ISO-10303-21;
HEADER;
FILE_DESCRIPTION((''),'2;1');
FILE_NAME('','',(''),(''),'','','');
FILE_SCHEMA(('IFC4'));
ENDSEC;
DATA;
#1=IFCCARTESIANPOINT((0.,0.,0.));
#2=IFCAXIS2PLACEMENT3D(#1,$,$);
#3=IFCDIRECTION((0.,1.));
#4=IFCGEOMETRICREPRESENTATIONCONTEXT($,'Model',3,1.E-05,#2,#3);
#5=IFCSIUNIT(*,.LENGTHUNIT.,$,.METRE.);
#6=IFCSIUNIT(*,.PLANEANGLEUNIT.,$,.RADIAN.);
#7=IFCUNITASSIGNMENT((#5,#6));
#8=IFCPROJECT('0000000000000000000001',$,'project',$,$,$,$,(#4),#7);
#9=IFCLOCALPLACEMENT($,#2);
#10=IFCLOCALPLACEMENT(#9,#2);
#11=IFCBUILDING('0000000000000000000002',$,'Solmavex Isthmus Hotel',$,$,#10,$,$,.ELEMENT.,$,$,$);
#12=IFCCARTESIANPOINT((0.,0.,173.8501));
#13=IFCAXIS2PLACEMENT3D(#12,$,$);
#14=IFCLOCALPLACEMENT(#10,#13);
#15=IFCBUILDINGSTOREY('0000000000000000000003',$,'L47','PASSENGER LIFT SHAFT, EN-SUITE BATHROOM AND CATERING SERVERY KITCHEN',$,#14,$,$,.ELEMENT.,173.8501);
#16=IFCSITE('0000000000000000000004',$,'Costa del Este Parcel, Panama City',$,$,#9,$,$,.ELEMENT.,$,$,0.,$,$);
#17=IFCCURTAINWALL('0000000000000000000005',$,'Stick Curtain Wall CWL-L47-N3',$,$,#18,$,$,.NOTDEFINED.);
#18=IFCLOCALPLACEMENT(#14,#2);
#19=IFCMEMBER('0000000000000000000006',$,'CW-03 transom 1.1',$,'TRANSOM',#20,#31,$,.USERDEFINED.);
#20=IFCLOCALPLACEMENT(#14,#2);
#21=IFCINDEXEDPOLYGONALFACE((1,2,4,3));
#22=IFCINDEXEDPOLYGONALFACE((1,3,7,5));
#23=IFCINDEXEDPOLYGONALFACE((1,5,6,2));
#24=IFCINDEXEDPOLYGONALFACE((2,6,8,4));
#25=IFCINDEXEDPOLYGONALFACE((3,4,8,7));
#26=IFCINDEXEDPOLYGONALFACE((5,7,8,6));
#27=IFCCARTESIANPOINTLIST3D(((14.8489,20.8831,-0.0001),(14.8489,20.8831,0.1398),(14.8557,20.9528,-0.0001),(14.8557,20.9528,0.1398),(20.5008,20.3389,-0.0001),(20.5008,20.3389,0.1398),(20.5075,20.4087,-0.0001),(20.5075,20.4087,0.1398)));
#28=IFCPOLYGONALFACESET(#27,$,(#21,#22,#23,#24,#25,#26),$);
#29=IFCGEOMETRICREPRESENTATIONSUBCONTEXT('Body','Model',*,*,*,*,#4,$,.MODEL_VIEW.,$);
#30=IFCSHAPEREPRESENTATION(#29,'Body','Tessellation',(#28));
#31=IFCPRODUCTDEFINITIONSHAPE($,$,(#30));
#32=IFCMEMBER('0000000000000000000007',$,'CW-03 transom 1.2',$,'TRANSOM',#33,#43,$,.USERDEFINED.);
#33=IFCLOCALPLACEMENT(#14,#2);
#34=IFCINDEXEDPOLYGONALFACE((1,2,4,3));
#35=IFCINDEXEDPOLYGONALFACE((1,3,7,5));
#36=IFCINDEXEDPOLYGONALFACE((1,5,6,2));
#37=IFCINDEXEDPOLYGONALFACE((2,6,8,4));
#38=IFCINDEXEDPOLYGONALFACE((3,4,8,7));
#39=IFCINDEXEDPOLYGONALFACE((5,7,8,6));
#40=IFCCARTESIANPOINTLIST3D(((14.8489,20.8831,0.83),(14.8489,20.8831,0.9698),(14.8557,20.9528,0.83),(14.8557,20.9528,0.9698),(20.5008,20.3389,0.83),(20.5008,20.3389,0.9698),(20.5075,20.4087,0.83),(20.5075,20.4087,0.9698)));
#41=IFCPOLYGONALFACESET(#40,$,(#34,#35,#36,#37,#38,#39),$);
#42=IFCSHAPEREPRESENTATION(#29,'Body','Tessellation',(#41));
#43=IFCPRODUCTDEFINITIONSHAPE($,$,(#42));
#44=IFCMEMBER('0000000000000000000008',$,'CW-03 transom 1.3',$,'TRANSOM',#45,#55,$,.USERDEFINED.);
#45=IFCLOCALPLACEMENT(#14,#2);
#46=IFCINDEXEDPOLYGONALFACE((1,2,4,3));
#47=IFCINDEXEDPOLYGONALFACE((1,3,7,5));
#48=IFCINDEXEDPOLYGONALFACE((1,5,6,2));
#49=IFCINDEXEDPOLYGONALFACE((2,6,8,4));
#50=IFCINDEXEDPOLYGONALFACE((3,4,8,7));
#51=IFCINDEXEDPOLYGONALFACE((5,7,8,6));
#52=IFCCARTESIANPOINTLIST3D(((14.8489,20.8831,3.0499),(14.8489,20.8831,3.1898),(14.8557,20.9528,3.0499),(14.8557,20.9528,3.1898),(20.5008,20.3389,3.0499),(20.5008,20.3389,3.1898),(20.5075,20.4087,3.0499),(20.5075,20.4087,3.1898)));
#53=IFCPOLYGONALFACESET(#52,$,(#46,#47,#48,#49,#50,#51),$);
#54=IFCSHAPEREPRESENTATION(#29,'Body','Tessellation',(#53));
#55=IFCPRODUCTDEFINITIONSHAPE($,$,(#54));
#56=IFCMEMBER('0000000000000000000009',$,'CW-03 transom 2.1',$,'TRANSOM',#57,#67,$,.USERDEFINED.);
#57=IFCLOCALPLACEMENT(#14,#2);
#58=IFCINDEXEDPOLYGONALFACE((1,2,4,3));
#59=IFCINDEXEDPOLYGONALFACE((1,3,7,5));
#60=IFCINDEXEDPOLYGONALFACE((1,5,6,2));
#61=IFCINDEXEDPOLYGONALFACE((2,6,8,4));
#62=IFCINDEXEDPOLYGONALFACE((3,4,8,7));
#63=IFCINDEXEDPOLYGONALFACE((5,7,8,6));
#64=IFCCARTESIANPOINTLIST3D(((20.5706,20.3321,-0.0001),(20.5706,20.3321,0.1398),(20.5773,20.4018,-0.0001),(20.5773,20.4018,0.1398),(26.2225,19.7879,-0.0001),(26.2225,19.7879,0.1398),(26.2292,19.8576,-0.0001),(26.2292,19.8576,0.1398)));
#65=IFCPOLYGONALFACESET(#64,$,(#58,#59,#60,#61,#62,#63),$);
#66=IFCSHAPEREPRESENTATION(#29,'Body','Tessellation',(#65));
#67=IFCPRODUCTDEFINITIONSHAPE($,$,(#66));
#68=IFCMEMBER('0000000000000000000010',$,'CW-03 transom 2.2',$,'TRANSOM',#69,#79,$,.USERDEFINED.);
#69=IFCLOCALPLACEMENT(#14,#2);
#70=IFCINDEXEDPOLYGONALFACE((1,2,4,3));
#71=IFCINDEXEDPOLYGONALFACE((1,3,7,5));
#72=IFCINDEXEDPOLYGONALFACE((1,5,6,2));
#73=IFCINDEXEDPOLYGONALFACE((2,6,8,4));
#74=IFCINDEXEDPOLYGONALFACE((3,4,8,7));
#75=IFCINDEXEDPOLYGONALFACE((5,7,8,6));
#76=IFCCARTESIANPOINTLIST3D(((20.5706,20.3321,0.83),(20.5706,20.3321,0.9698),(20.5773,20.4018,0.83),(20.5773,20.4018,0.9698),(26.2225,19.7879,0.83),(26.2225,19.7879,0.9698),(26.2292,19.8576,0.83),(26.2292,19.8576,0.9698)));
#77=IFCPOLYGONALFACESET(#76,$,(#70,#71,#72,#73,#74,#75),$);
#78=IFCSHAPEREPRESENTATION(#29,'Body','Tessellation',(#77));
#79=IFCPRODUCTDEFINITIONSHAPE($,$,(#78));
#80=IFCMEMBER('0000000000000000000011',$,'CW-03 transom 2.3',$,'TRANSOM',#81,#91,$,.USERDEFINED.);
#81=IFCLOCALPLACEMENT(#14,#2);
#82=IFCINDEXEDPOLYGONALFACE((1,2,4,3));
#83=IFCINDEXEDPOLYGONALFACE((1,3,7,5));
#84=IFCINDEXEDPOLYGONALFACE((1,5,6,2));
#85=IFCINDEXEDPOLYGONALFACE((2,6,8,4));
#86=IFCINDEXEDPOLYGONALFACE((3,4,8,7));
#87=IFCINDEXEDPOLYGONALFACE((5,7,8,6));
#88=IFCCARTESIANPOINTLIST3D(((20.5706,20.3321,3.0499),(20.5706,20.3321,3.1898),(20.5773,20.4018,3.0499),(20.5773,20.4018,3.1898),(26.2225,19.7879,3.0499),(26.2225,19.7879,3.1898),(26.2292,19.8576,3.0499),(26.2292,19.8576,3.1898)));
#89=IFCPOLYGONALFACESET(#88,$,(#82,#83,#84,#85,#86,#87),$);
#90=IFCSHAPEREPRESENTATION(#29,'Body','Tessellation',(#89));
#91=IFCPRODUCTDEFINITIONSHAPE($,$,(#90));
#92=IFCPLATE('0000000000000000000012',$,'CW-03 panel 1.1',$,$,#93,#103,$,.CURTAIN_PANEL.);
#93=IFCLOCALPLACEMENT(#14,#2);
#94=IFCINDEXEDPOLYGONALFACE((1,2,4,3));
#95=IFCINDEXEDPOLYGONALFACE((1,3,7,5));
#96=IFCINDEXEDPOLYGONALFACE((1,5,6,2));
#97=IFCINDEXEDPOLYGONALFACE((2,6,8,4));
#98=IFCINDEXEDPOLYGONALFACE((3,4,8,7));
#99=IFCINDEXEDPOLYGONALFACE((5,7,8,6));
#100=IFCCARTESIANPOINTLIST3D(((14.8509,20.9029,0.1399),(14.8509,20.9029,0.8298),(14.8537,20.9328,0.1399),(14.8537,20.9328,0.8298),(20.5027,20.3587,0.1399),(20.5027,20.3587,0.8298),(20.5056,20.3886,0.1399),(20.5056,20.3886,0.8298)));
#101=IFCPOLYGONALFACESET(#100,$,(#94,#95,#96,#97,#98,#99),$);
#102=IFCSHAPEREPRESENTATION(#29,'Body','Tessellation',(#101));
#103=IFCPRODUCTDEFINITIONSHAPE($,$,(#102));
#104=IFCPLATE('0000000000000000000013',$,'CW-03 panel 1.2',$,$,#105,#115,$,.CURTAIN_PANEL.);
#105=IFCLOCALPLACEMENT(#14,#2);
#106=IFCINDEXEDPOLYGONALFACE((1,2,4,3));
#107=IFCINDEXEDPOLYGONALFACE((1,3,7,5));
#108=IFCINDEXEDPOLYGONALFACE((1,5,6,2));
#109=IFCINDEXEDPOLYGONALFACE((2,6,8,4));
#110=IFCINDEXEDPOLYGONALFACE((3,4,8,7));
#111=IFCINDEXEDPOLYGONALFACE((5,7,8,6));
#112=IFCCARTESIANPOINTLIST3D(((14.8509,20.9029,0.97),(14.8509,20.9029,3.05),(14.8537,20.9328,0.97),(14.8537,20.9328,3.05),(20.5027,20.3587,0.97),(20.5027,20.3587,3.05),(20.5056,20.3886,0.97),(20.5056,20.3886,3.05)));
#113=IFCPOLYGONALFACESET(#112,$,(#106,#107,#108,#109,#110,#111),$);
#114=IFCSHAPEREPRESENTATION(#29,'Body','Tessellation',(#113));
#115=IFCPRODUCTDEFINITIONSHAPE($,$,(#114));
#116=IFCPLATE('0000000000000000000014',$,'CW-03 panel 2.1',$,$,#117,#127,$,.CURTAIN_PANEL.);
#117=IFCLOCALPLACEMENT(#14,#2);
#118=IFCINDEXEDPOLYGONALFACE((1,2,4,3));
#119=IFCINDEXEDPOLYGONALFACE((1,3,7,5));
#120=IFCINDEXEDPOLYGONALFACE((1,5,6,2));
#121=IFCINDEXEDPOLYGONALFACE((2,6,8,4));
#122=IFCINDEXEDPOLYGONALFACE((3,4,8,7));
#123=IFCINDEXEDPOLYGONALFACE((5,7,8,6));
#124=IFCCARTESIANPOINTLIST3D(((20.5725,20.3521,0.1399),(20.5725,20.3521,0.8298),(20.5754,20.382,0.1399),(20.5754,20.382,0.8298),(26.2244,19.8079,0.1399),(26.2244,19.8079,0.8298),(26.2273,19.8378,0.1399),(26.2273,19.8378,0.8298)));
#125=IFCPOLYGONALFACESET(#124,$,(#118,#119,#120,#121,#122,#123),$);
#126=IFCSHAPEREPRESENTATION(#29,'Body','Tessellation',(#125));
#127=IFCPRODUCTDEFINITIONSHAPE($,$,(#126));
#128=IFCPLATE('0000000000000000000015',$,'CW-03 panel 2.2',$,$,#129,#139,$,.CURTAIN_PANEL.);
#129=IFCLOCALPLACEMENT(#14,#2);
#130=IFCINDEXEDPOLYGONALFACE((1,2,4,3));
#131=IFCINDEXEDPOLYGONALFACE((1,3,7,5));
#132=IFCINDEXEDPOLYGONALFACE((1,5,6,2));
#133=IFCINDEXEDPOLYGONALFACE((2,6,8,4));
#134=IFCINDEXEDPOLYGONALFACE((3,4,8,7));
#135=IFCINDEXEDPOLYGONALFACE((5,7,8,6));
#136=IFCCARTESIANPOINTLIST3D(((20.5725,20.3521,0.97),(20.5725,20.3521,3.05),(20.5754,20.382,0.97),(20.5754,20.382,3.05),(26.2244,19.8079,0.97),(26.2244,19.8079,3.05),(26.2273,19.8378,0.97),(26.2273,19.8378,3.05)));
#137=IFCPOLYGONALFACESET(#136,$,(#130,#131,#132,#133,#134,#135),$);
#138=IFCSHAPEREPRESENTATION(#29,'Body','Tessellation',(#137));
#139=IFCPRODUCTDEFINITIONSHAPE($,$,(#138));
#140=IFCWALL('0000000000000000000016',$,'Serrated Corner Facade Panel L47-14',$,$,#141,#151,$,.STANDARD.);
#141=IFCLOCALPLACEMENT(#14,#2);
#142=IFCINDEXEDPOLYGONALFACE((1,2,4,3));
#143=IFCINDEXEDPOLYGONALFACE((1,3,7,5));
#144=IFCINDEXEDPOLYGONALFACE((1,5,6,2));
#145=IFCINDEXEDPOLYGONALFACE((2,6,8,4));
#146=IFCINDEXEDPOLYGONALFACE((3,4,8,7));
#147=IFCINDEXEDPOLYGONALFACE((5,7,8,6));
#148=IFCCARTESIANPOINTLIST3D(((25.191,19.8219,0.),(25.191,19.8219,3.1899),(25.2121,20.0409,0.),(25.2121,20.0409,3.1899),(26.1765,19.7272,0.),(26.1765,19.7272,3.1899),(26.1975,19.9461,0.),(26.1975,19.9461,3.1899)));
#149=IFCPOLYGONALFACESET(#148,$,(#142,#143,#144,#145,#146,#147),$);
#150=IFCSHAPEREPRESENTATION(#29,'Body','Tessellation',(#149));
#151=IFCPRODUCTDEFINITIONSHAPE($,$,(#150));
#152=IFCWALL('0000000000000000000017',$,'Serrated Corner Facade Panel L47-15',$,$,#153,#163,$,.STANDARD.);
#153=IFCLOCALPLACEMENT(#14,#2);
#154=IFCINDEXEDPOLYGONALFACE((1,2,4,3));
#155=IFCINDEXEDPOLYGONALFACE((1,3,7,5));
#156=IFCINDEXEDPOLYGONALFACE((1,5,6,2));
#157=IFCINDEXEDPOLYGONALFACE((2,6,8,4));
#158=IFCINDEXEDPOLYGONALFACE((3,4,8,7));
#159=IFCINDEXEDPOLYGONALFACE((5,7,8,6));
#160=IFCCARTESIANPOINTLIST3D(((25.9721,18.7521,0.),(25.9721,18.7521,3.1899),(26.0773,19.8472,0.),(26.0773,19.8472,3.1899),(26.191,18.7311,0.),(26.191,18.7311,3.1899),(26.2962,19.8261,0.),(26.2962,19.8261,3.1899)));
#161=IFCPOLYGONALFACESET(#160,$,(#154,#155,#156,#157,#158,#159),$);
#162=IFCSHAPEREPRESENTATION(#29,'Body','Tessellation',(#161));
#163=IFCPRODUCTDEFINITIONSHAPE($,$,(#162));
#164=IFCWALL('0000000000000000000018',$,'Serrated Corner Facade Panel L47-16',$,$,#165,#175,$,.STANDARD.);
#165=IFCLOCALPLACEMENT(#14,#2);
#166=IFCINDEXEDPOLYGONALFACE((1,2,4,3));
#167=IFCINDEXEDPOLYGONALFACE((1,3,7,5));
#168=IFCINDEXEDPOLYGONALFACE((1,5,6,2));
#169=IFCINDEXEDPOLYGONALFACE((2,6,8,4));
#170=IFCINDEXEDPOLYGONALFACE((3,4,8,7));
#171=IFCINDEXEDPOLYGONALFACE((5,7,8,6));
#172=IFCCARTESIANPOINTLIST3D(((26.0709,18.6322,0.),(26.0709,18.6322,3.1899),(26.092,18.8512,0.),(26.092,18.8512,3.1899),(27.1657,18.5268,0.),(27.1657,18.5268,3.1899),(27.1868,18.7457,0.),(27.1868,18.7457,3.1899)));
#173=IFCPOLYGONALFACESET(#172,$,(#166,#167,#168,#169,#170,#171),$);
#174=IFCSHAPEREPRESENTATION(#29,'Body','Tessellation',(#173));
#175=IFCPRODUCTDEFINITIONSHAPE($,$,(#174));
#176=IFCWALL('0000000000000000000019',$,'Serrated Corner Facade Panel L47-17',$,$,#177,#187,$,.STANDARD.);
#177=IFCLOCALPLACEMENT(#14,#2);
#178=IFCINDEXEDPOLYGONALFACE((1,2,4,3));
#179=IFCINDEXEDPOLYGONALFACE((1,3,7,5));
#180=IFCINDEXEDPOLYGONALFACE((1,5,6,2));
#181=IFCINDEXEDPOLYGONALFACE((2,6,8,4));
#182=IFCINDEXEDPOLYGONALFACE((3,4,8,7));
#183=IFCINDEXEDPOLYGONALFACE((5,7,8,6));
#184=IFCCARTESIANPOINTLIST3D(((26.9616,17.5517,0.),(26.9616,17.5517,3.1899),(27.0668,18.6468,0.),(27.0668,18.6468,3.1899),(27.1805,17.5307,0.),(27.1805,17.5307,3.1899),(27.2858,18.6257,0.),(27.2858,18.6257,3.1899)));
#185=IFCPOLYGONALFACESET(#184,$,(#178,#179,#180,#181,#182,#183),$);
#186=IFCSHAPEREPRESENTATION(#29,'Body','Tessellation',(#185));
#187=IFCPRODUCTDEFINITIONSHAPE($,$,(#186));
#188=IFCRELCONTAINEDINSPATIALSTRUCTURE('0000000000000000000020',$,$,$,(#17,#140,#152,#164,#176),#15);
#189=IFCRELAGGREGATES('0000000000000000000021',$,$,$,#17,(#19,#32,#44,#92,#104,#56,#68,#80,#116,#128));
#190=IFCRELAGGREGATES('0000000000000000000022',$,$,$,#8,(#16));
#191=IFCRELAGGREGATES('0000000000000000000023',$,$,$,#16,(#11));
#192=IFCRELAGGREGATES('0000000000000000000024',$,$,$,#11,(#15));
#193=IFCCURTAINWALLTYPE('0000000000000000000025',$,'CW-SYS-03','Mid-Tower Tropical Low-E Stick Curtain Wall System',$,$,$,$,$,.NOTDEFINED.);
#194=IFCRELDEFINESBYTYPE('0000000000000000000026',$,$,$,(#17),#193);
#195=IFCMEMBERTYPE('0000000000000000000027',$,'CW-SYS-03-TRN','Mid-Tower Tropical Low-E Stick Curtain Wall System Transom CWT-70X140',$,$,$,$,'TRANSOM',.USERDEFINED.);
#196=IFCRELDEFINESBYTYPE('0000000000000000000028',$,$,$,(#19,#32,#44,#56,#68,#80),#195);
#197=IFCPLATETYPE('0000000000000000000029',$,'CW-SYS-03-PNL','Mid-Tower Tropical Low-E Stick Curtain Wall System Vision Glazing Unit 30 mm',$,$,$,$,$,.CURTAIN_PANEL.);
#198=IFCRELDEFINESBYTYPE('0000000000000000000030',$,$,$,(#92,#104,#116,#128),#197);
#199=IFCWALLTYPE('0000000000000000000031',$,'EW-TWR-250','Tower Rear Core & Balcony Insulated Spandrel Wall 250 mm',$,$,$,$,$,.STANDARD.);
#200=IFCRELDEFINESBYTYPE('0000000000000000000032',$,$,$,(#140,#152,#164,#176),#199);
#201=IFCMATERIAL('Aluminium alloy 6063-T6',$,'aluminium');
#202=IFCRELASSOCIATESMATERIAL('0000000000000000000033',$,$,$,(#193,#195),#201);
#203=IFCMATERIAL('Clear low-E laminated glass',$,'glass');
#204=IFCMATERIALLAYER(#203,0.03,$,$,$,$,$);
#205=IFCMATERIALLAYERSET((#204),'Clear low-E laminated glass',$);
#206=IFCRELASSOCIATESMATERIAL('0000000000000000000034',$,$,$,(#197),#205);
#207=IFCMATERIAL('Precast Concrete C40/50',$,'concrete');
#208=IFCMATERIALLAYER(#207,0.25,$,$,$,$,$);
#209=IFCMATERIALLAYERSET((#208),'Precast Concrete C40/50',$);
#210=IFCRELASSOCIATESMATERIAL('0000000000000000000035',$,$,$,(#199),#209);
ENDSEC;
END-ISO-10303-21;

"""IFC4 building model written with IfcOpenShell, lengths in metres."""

from ifc_helpers import new_model, si_unit, direction, frame, frame_2d, origin, origin_2d, place, context, subcontext, project, spatial, rectangle, extrude, material, layer, layer_set, material_profile, profile_set, type_object, element, aggregate, save


model = new_model("IFC4")

# Units and contexts
model_context = context("Model", 3, precision=1e-05, world=origin(), true_north=direction((0.0, 1.0)))
body_context = subcontext(model_context, "Body", "Model", "MODEL_VIEW")
ifc_project = project(units=[si_unit("LENGTHUNIT", "METRE"), si_unit("PLANEANGLEUNIT", "RADIAN")], contexts=[model_context])

# Site, building, storey
site_placement = place(None, origin())
site = spatial("IfcSite", under=ifc_project, at=site_placement, Name="Costa del Este Parcel, Panama City", CompositionType="ELEMENT", RefElevation=0.0)
building_placement = place(site_placement, origin())
building = spatial("IfcBuilding", under=site, at=building_placement, Name="Solmavex Isthmus Hotel", CompositionType="ELEMENT")
storey_placement = place(building_placement, frame((0.0, 0.0, 173.8501)))
storey = spatial("IfcBuildingStorey", under=building, at=storey_placement, Name="L47", Description="PASSENGER LIFT SHAFT, EN-SUITE BATHROOM AND CATERING SERVERY KITCHEN", CompositionType="ELEMENT", Elevation=173.8501)

# Curtain wall
ifc_material_1 = material(Name="Aluminium alloy 6063-T6", Category="aluminium")
curtain_wall_type = type_object("IfcCurtainWallType", Name="CW-SYS-03", Description="Mid-Tower Tropical Low-E Stick Curtain Wall System", PredefinedType="NOTDEFINED", material=ifc_material_1)
curtain_wall_1_placement = place(storey_placement, origin())
curtain_wall_1 = element("IfcCurtainWall", 1, at=curtain_wall_1_placement, inside=storey, type_object=curtain_wall_type, Name="Stick Curtain Wall CWL-L47-N3", PredefinedType="NOTDEFINED")

# Members
ifc_material_profile_1 = material_profile(ifc_material_1, rectangle(XDim=0.0701, YDim=0.1399, at=origin_2d()), Name="CWT-70X140")
ifc_profile_set_1 = profile_set([ifc_material_profile_1], Name="Aluminium alloy 6063-T6")
member_type_1 = type_object("IfcMemberType", Name="CW-SYS-03-TRN", Description="Mid-Tower Tropical Low-E Stick Curtain Wall System Transom CWT-70X140", ElementType="TRANSOM", PredefinedType="USERDEFINED", material=ifc_profile_set_1)
member_1_placement = place(storey_placement, frame((14.8523, 20.918, 0.0698), z_axis=(0.995397, -0.095842, 0.0), x_axis=(0.095842, 0.995397, 0.0)))
member_1 = element("IfcMember", 2, at=member_1_placement, type_object=member_type_1, Name="CW-03 transom 1.1", ObjectType="TRANSOM", PredefinedType="USERDEFINED", context=body_context, shape_type="SweptSolid", body=[
    extrude(rectangle(XDim=0.0701, YDim=0.1399, at=origin_2d()), origin(), (0.0, 0.0, 1.0), 5.678),
])
member_2_placement = place(storey_placement, frame((14.8523, 20.918, 0.8999), z_axis=(0.995397, -0.095842, 0.0), x_axis=(0.095842, 0.995397, 0.0)))
member_2 = element("IfcMember", 3, at=member_2_placement, type_object=member_type_1, Name="CW-03 transom 1.2", ObjectType="TRANSOM", PredefinedType="USERDEFINED", context=body_context, shape_type="SweptSolid", body=[
    extrude(rectangle(XDim=0.0701, YDim=0.1399, at=origin_2d()), origin(), (0.0, 0.0, 1.0), 5.678),
])
member_3_placement = place(storey_placement, frame((14.8523, 20.918, 3.1199), z_axis=(0.995397, -0.095842, 0.0), x_axis=(0.095842, 0.995397, 0.0)))
member_3 = element("IfcMember", 4, at=member_3_placement, type_object=member_type_1, Name="CW-03 transom 1.3", ObjectType="TRANSOM", PredefinedType="USERDEFINED", context=body_context, shape_type="SweptSolid", body=[
    extrude(rectangle(XDim=0.0701, YDim=0.1399, at=origin_2d()), origin(), (0.0, 0.0, 1.0), 5.678),
])
member_4_placement = place(storey_placement, frame((20.574, 20.3669, 0.0698), z_axis=(0.995397, -0.095842, 0.0), x_axis=(0.095842, 0.995397, 0.0)))
member_4 = element("IfcMember", 5, at=member_4_placement, type_object=member_type_1, Name="CW-03 transom 2.1", ObjectType="TRANSOM", PredefinedType="USERDEFINED", context=body_context, shape_type="SweptSolid", body=[
    extrude(rectangle(XDim=0.0701, YDim=0.1399, at=origin_2d()), origin(), (0.0, 0.0, 1.0), 5.678),
])
member_5_placement = place(storey_placement, frame((20.574, 20.3669, 0.8999), z_axis=(0.995397, -0.095842, 0.0), x_axis=(0.095842, 0.995397, 0.0)))
member_5 = element("IfcMember", 6, at=member_5_placement, type_object=member_type_1, Name="CW-03 transom 2.2", ObjectType="TRANSOM", PredefinedType="USERDEFINED", context=body_context, shape_type="SweptSolid", body=[
    extrude(rectangle(XDim=0.0701, YDim=0.1399, at=origin_2d()), origin(), (0.0, 0.0, 1.0), 5.678),
])
member_6_placement = place(storey_placement, frame((20.574, 20.3669, 3.1199), z_axis=(0.995397, -0.095842, 0.0), x_axis=(0.095842, 0.995397, 0.0)))
member_6 = element("IfcMember", 7, at=member_6_placement, type_object=member_type_1, Name="CW-03 transom 2.3", ObjectType="TRANSOM", PredefinedType="USERDEFINED", context=body_context, shape_type="SweptSolid", body=[
    extrude(rectangle(XDim=0.0701, YDim=0.1399, at=origin_2d()), origin(), (0.0, 0.0, 1.0), 5.678),
])

# Plates
ifc_material_2 = material(Name="Clear low-E laminated glass", Category="glass")
ifc_layer_1 = layer(ifc_material_2, 0.03)
ifc_layer_set_1 = layer_set([ifc_layer_1], Name="Clear low-E laminated glass")
plate_type = type_object("IfcPlateType", Name="CW-SYS-03-PNL", Description="Mid-Tower Tropical Low-E Stick Curtain Wall System Vision Glazing Unit 30 mm", PredefinedType="CURTAIN_PANEL", material=ifc_layer_set_1)
plate_1_placement = place(storey_placement, frame((17.6782, 20.6458, 0.1399), z_axis=(0.0, 0.0, 1.0), x_axis=(0.995396, -0.095846, 0.0)))
plate_1 = element("IfcPlate", 8, at=plate_1_placement, type_object=plate_type, Name="CW-03 panel 1.1", PredefinedType="CURTAIN_PANEL", context=body_context, shape_type="SweptSolid", body=[
    extrude(rectangle(XDim=5.678, YDim=0.03, at=origin_2d()), origin(), (0.0, 0.0, 1.0), 0.6899),
])
plate_2_placement = place(storey_placement, frame((17.6782, 20.6458, 0.97), z_axis=(0.0, 0.0, 1.0), x_axis=(0.995396, -0.095846, 0.0)))
plate_2 = element("IfcPlate", 9, at=plate_2_placement, type_object=plate_type, Name="CW-03 panel 1.2", PredefinedType="CURTAIN_PANEL", context=body_context, shape_type="SweptSolid", body=[
    extrude(rectangle(XDim=5.678, YDim=0.03, at=origin_2d()), origin(), (0.0, 0.0, 1.0), 2.0801),
])
plate_3_placement = place(storey_placement, frame((23.3999, 20.095, 0.1399), z_axis=(0.0, 0.0, 1.0), x_axis=(0.995396, -0.095846, 0.0)))
plate_3 = element("IfcPlate", 10, at=plate_3_placement, type_object=plate_type, Name="CW-03 panel 2.1", PredefinedType="CURTAIN_PANEL", context=body_context, shape_type="SweptSolid", body=[
    extrude(rectangle(XDim=5.678, YDim=0.03, at=origin_2d()), origin(), (0.0, 0.0, 1.0), 0.6899),
])
plate_4_placement = place(storey_placement, frame((23.3999, 20.095, 0.97), z_axis=(0.0, 0.0, 1.0), x_axis=(0.995396, -0.095846, 0.0)))
plate_4 = element("IfcPlate", 11, at=plate_4_placement, type_object=plate_type, Name="CW-03 panel 2.2", PredefinedType="CURTAIN_PANEL", context=body_context, shape_type="SweptSolid", body=[
    extrude(rectangle(XDim=5.678, YDim=0.03, at=origin_2d()), origin(), (0.0, 0.0, 1.0), 2.0801),
])
aggregate(curtain_wall_1, [member_1, member_2, member_3, plate_1, plate_2, member_4, member_5, member_6, plate_3, plate_4])

# Walls
ifc_material_3 = material(Name="Precast Concrete C40/50", Category="concrete")
ifc_layer_2 = layer(ifc_material_3, 0.25)
ifc_layer_set_2 = layer_set([ifc_layer_2], Name="Precast Concrete C40/50")
wall_type_1 = type_object("IfcWallType", Name="EW-TWR-250", Description="Tower Rear Core & Balcony Insulated Spandrel Wall 250 mm", PredefinedType="STANDARD", material=ifc_layer_set_2)
wall_1_placement = place(storey_placement, frame((25.2014, 19.9314, 0.0), z_axis=(0.0, 0.0, 1.0), x_axis=(0.995411, -0.095694, 0.0)))
element("IfcWall", 12, at=wall_1_placement, inside=storey, type_object=wall_type_1, Name="Serrated Corner Facade Panel L47-14", PredefinedType="STANDARD", context=body_context, shape_type="SweptSolid", body=[
    extrude(rectangle(XDim=0.99, YDim=0.22, at=frame_2d((0.4951, 0.0))), origin(), (0.0, 0.0, 1.0), 3.1899),
])
wall_2_placement = place(storey_placement, frame((26.1868, 19.8367, 0.0), z_axis=(0.0, 0.0, 1.0), x_axis=(-0.095657, -0.995414, 0.0)))
element("IfcWall", 13, at=wall_2_placement, inside=storey, type_object=wall_type_1, Name="Serrated Corner Facade Panel L47-15", PredefinedType="STANDARD", context=body_context, shape_type="SweptSolid", body=[
    extrude(rectangle(XDim=1.1001, YDim=0.22, at=frame_2d((0.55, 0.0))), origin(), (0.0, 0.0, 1.0), 3.1899),
])
wall_3_placement = place(storey_placement, frame((26.0815, 18.7417, 0.0), z_axis=(0.0, 0.0, 1.0), x_axis=(0.995391, -0.095899, 0.0)))
element("IfcWall", 14, at=wall_3_placement, inside=storey, type_object=wall_type_1, Name="Serrated Corner Facade Panel L47-16", PredefinedType="STANDARD", context=body_context, shape_type="SweptSolid", body=[
    extrude(rectangle(XDim=1.0999, YDim=0.22, at=frame_2d((0.5498, 0.0))), origin(), (0.0, 0.0, 1.0), 3.1899),
])
wall_4_placement = place(storey_placement, frame((27.1763, 18.6362, 0.0), z_axis=(0.0, 0.0, 1.0), x_axis=(-0.095657, -0.995414, 0.0)))
element("IfcWall", 15, at=wall_4_placement, inside=storey, type_object=wall_type_1, Name="Serrated Corner Facade Panel L47-17", PredefinedType="STANDARD", context=body_context, shape_type="SweptSolid", body=[
    extrude(rectangle(XDim=1.1001, YDim=0.22, at=frame_2d((0.55, 0.0))), origin(), (0.0, 0.0, 1.0), 3.1899),
])

save(model, "model.ifc")
